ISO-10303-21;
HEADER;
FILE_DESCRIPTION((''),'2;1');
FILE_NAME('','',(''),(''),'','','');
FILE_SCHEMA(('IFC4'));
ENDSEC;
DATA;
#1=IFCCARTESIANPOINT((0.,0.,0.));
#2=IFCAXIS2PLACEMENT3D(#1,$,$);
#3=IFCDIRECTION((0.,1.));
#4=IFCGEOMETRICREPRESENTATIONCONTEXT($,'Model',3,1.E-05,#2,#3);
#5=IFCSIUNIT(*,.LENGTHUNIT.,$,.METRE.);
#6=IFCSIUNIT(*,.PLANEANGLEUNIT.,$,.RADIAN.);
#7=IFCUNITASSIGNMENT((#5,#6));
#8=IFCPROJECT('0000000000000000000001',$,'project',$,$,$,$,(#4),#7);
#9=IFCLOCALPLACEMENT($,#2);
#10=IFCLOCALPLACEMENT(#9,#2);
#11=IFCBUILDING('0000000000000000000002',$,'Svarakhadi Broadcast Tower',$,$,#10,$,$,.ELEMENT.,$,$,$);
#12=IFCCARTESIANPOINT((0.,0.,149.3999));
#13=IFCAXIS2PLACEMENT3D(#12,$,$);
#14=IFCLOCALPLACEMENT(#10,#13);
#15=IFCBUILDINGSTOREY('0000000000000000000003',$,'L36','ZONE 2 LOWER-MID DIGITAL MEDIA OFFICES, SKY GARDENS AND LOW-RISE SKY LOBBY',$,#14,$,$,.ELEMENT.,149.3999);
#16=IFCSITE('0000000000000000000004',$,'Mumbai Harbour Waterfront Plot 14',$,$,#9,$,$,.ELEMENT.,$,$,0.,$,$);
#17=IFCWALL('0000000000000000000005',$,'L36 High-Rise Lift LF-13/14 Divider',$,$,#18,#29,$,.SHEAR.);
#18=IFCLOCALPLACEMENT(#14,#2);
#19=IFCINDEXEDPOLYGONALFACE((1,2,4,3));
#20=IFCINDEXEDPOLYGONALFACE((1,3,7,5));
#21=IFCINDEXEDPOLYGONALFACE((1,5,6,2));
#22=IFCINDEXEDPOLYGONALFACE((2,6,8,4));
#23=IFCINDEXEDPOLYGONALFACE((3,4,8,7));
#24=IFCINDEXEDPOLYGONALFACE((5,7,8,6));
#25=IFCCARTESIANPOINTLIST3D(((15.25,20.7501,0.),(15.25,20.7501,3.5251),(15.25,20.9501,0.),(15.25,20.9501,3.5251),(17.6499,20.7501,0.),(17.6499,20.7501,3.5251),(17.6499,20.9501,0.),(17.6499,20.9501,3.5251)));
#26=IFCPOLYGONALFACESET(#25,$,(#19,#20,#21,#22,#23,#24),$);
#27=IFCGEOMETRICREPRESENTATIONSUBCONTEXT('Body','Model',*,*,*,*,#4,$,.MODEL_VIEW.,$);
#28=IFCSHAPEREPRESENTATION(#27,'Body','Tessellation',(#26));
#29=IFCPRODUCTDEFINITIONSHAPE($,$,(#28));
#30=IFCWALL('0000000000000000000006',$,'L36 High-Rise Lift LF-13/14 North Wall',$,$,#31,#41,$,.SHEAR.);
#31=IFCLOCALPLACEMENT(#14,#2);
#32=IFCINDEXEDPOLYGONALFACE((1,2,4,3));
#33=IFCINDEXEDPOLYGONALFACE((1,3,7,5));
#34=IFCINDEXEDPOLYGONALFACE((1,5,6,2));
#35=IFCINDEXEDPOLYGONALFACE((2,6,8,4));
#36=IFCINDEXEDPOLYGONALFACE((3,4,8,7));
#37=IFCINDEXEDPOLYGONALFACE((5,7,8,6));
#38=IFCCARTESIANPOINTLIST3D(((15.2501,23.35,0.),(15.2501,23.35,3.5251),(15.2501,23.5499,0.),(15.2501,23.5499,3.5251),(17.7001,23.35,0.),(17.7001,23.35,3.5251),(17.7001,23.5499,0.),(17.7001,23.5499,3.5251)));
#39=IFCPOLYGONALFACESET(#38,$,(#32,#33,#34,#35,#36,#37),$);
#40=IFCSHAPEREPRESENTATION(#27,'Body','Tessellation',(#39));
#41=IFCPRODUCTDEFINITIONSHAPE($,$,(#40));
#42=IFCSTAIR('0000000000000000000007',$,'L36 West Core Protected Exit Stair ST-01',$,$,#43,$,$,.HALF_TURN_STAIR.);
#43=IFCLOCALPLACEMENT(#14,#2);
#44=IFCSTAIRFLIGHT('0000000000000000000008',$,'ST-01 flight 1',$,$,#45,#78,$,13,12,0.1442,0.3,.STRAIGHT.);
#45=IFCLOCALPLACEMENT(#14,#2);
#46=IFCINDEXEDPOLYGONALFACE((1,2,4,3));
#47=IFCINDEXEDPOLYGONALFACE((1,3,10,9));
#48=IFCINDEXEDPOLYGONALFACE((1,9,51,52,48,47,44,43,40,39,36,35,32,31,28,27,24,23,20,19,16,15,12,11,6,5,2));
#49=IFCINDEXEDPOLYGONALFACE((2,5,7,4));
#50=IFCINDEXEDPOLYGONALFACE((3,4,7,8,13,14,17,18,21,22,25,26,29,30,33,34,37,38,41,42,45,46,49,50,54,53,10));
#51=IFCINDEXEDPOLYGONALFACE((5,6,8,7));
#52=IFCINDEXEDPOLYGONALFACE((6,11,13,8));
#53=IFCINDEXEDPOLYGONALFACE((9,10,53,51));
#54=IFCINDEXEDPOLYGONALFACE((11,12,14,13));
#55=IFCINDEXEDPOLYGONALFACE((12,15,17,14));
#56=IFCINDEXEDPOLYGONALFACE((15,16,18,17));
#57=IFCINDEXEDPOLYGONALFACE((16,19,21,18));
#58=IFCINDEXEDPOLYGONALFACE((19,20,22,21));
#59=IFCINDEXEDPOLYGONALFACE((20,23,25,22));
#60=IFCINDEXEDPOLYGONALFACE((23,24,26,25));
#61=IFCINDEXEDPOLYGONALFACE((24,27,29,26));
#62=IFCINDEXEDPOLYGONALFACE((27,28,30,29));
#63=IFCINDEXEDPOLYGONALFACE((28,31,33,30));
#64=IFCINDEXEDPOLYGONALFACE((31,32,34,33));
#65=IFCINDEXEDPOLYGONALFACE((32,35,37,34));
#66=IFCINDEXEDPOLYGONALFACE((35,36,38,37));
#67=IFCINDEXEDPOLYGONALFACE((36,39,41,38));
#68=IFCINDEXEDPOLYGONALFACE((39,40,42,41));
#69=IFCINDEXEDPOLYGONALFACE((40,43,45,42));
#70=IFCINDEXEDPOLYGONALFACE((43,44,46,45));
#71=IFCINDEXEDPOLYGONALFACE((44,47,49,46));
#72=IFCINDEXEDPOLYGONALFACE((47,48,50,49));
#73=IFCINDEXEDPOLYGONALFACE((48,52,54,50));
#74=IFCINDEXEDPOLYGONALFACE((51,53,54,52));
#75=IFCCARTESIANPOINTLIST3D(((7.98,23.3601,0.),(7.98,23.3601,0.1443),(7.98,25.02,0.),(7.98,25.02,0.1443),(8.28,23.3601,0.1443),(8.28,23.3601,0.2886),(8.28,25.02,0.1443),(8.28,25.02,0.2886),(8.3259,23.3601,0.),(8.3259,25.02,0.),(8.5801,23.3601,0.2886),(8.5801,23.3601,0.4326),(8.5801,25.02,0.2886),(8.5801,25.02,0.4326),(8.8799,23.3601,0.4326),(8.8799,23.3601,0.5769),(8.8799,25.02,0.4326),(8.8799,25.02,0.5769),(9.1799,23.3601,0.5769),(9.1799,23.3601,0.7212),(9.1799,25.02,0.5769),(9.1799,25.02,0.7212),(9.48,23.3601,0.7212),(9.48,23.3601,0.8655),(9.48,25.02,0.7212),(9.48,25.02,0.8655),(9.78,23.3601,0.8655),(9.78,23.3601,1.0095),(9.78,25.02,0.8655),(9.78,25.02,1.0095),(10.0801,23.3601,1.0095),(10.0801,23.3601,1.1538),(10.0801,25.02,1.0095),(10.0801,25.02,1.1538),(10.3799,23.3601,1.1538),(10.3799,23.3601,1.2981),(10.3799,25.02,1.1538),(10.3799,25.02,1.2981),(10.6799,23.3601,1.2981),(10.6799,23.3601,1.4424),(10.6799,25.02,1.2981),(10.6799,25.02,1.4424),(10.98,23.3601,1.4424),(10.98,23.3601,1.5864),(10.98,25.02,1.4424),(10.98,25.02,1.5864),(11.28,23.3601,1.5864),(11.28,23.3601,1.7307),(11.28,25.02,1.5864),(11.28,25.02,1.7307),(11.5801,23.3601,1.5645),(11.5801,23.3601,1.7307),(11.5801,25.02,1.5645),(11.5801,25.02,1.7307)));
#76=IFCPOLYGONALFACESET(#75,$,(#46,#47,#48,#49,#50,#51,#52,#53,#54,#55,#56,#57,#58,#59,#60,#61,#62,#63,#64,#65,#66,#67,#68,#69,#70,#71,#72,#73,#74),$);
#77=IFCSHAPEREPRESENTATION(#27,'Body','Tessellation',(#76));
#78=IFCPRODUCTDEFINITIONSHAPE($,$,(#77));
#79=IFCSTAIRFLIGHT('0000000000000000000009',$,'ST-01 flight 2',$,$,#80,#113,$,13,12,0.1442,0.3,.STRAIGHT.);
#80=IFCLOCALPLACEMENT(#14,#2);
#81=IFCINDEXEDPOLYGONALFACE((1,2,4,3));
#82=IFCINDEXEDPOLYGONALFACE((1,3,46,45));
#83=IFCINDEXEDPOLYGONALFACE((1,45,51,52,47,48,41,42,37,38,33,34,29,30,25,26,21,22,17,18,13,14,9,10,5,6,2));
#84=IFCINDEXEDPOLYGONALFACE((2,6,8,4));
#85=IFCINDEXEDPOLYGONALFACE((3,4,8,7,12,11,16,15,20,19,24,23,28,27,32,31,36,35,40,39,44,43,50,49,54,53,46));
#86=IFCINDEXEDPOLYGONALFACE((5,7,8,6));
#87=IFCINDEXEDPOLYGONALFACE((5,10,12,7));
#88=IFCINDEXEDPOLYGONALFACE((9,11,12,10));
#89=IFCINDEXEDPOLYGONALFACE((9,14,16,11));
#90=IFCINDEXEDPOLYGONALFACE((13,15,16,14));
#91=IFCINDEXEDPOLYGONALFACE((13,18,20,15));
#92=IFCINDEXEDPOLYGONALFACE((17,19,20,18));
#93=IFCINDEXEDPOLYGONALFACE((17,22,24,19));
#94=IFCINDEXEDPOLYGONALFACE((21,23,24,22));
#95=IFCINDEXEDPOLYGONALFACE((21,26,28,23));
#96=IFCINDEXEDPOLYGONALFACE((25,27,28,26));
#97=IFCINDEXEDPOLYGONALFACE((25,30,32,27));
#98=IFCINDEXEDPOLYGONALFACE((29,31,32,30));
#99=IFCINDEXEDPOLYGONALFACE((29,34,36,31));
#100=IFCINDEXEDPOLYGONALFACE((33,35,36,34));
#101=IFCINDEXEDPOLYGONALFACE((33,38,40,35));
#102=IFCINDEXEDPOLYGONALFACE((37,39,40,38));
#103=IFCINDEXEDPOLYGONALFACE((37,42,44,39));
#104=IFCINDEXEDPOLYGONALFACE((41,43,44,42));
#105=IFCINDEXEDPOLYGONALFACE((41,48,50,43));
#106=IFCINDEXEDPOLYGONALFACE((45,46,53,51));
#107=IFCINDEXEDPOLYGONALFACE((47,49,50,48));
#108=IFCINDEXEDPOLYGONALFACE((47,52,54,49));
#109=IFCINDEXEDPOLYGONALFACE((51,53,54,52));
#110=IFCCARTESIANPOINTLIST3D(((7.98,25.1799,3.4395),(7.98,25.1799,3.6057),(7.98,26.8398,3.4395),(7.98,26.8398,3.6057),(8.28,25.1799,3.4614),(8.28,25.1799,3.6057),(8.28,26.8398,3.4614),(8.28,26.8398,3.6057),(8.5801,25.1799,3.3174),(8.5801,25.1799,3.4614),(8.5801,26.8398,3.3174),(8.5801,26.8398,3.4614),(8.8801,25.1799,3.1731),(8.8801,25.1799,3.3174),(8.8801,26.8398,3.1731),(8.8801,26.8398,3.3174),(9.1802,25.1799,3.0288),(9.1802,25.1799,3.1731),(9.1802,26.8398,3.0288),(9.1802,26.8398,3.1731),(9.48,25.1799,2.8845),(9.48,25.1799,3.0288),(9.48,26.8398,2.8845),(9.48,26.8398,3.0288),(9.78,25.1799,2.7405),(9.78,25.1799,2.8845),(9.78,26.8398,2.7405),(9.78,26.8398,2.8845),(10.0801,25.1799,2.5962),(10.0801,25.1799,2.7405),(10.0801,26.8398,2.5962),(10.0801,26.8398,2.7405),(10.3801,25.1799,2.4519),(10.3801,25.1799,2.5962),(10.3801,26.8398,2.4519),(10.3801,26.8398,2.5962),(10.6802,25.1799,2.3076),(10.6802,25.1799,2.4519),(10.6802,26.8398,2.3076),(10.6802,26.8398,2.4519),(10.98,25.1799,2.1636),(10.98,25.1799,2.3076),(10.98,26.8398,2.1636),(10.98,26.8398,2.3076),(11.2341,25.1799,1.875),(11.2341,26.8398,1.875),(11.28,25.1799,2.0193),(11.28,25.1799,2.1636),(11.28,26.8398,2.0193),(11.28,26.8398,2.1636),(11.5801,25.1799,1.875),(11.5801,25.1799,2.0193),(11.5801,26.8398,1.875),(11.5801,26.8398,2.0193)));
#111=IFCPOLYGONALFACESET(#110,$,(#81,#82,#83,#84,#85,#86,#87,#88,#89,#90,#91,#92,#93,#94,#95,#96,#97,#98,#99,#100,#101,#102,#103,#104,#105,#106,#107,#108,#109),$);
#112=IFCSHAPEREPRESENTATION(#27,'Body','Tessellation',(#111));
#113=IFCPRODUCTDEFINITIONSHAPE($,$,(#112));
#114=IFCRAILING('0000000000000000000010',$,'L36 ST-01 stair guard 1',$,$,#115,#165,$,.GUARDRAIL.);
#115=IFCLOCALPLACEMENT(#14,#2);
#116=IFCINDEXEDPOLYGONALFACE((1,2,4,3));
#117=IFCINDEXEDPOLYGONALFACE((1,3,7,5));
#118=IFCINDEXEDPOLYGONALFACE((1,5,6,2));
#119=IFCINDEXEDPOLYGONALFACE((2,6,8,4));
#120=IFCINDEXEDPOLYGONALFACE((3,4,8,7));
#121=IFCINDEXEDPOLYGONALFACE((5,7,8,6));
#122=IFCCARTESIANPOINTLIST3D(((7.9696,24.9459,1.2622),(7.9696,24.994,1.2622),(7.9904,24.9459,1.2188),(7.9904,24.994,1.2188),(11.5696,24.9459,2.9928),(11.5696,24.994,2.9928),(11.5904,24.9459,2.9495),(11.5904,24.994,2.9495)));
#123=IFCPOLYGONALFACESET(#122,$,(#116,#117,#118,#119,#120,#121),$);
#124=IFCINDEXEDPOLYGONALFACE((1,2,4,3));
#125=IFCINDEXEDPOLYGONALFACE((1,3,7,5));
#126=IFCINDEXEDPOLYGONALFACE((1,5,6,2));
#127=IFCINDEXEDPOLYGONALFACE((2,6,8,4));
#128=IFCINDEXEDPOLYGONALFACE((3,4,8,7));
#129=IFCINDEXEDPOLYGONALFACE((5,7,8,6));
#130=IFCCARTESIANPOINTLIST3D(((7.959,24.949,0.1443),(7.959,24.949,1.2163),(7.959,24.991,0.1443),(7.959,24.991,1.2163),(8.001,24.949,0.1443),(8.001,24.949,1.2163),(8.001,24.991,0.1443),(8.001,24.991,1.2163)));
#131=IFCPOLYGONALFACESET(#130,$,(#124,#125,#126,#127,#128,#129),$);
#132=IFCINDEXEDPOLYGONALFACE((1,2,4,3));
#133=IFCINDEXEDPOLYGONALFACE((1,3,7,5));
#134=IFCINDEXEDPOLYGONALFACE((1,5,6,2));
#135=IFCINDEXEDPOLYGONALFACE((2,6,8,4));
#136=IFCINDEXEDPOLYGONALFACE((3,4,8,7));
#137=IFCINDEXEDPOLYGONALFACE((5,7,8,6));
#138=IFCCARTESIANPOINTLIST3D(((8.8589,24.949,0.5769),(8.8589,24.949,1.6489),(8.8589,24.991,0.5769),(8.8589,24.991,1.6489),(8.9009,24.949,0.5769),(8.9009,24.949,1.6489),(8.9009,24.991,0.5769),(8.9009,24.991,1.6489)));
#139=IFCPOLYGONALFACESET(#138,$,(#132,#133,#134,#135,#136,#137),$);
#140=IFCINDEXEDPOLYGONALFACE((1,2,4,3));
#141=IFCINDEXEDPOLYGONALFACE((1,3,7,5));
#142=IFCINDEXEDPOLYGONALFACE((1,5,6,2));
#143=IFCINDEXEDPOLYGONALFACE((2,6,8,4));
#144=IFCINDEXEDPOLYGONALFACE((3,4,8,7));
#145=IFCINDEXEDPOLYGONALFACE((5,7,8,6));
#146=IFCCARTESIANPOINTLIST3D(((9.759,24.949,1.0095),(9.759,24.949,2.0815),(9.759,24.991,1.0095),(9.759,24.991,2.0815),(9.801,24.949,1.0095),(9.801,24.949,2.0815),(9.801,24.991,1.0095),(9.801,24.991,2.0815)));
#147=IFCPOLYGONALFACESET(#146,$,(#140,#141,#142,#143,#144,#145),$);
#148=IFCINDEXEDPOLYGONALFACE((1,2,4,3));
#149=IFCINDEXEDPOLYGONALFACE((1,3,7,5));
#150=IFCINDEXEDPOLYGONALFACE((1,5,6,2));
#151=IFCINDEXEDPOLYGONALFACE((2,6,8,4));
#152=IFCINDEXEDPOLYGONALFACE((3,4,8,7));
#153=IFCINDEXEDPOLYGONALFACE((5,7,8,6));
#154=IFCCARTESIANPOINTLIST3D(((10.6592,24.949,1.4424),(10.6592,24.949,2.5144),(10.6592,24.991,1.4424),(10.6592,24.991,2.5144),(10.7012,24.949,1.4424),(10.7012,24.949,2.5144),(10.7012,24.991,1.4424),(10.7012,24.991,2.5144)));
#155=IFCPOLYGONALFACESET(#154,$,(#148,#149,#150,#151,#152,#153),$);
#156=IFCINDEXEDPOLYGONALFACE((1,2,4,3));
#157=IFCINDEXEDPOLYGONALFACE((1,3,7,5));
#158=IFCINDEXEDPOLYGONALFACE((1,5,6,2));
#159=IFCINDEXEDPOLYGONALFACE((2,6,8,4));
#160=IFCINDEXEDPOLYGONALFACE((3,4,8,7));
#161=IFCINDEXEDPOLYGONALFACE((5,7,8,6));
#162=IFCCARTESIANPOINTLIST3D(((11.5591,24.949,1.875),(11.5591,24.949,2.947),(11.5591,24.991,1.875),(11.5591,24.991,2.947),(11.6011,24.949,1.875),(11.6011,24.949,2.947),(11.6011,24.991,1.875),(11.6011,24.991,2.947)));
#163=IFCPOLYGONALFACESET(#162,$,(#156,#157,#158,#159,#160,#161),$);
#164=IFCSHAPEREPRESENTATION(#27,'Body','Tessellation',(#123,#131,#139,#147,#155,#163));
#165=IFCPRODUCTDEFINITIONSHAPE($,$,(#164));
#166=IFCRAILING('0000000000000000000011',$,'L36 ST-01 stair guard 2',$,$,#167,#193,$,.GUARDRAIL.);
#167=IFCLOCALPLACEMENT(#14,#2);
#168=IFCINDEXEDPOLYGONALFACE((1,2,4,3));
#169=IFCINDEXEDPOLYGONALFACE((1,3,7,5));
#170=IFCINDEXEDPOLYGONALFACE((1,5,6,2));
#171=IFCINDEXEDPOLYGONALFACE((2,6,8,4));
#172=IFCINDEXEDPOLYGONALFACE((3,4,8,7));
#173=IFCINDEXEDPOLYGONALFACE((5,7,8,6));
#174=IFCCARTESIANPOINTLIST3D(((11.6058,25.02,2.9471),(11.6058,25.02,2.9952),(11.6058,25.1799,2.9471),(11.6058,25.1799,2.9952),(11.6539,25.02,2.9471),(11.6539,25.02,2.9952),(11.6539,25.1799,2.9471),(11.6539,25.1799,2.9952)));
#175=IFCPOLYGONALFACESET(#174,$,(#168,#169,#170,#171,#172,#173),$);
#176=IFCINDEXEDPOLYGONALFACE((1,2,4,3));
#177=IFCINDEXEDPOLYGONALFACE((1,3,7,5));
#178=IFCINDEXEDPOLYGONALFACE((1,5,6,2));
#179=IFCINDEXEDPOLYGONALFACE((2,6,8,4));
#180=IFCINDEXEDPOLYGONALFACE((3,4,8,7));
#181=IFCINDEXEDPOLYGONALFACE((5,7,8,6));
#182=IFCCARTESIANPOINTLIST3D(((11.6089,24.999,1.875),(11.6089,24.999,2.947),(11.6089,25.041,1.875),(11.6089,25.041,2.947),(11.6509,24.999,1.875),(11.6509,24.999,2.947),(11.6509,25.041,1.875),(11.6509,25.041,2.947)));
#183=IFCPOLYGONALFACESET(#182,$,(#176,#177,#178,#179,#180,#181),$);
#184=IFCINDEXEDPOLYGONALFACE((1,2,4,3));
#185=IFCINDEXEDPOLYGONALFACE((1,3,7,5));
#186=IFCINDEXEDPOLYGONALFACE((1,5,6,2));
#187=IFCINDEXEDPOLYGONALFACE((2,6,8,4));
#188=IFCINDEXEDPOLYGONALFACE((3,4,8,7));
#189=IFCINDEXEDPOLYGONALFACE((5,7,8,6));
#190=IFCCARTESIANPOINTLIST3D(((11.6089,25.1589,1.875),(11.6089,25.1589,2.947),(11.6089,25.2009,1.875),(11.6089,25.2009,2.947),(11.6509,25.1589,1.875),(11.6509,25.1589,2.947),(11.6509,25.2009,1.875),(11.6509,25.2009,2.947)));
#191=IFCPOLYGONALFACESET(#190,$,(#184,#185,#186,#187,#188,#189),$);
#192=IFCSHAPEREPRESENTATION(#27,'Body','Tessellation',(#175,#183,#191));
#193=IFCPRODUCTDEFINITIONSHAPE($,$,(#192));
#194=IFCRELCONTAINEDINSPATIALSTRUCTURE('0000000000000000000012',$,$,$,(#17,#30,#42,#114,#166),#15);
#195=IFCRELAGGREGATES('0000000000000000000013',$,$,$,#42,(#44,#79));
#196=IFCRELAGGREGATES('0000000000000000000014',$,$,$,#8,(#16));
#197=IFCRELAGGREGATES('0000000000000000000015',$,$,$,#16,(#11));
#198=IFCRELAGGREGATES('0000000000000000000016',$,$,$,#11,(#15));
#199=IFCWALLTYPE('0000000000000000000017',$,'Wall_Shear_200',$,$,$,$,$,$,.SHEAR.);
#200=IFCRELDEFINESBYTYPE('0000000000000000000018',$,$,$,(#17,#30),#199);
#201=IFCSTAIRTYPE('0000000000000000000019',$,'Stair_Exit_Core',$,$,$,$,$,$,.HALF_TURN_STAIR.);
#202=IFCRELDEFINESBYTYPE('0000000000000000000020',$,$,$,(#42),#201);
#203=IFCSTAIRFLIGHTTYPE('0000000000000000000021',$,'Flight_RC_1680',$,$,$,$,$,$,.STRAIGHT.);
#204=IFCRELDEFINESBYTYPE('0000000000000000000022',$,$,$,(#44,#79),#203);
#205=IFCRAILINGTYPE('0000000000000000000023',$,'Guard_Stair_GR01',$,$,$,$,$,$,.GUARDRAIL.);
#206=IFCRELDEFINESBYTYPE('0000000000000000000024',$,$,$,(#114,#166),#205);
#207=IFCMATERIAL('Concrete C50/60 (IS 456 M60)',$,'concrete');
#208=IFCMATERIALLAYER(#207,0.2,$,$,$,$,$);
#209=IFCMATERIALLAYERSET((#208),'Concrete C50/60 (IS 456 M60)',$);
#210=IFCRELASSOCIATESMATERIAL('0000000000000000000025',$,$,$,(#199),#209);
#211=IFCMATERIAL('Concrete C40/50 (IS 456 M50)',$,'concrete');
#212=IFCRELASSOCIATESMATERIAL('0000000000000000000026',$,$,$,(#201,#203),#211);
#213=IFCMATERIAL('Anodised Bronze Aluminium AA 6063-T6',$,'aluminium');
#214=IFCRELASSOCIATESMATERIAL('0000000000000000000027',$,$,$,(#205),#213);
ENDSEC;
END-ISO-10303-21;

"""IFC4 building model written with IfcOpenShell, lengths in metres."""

from ifc_helpers import new_model, si_unit, direction, frame, frame_2d, origin, origin_2d, place, context, subcontext, project, spatial, polyline, rectangle, outline, extrude, material, layer, layer_set, type_object, element, aggregate, save


model = new_model("IFC4")

# Units and contexts
model_context = context("Model", 3, precision=1e-05, world=origin(), true_north=direction((0.0, 1.0)))
body_context = subcontext(model_context, "Body", "Model", "MODEL_VIEW")
ifc_project = project(units=[si_unit("LENGTHUNIT", "METRE"), si_unit("PLANEANGLEUNIT", "RADIAN")], contexts=[model_context])

# Site, building, storey
site_placement = place(None, origin())
site = spatial("IfcSite", under=ifc_project, at=site_placement, Name="Mumbai Harbour Waterfront Plot 14", CompositionType="ELEMENT", RefElevation=0.0)
building_placement = place(site_placement, origin())
building = spatial("IfcBuilding", under=site, at=building_placement, Name="Svarakhadi Broadcast Tower", CompositionType="ELEMENT")
storey_placement = place(building_placement, frame((0.0, 0.0, 149.3999)))
storey = spatial("IfcBuildingStorey", under=building, at=storey_placement, Name="L36", Description="ZONE 2 LOWER-MID DIGITAL MEDIA OFFICES, SKY GARDENS AND LOW-RISE SKY LOBBY", CompositionType="ELEMENT", Elevation=149.3999)

# Shared definitions
ifc_material_1 = material(Name="Concrete C50/60 (IS 456 M60)", Category="concrete")

# Shared definitions
ifc_material_2 = material(Name="Concrete C40/50 (IS 456 M50)", Category="concrete")

# Shared definitions
ifc_layer_1 = layer(ifc_material_1, 0.2)
ifc_layer_set_1 = layer_set([ifc_layer_1], Name="Concrete C50/60 (IS 456 M60)")
wall_type_1 = type_object("IfcWallType", Name="Wall_Shear_200", PredefinedType="SHEAR", material=ifc_layer_set_1)

# Walls
wall_1_placement = place(storey_placement, frame((15.25, 20.8501, 0.0), z_axis=(0.0, 0.0, 1.0), x_axis=(1.0, 0.0, 0.0)))
element("IfcWall", 1, at=wall_1_placement, inside=storey, type_object=wall_type_1, Name="L36 High-Rise Lift LF-13/14 Divider", PredefinedType="SHEAR", context=body_context, shape_type="SweptSolid", body=[
    extrude(rectangle(XDim=2.3999, YDim=0.2, at=frame_2d((1.2, 0.0))), origin(), (0.0, 0.0, 1.0), 3.5251),
])
wall_2_placement = place(storey_placement, frame((15.25, 23.45, 0.0), z_axis=(0.0, 0.0, 1.0), x_axis=(1.0, 0.0, 0.0)))
element("IfcWall", 2, at=wall_2_placement, inside=storey, type_object=wall_type_1, Name="L36 High-Rise Lift LF-13/14 North Wall", PredefinedType="SHEAR", context=body_context, shape_type="SweptSolid", body=[
    extrude(rectangle(XDim=2.45, YDim=0.2, at=frame_2d((1.2251, 0.0))), origin(), (0.0, 0.0, 1.0), 3.5251),
])

# Stair, stair flights
stair_type = type_object("IfcStairType", Name="Stair_Exit_Core", PredefinedType="HALF_TURN_STAIR", material=ifc_material_2)
stair_placement = place(storey_placement, origin())
stair = element("IfcStair", 3, at=stair_placement, inside=storey, type_object=stair_type, Name="L36 West Core Protected Exit Stair ST-01", PredefinedType="HALF_TURN_STAIR")
stair_flight_type = type_object("IfcStairFlightType", Name="Flight_RC_1680", PredefinedType="STRAIGHT", material=ifc_material_2)
stair_flight_1_placement = place(storey_placement, frame((7.98, 24.1899, 0.0), z_axis=(0.0, 0.0, 1.0), x_axis=(1.0, 0.0, 0.0)))
stair_flight_1 = element("IfcStairFlight", 4, at=stair_flight_1_placement, type_object=stair_flight_type, Name="ST-01 flight 1", NumberOfRisers=13, NumberOfTreads=12, PredefinedType="STRAIGHT", RiserHeight=0.1442, TreadLength=0.3, context=body_context, shape_type="SweptSolid", body=[
    extrude(outline(polyline([(0.0, 0.0), (0.0, 0.1443), (0.3, 0.1443), (0.3, 0.2886), (0.6001, 0.2886), (0.6001, 0.4326), (0.8999, 0.4326), (0.8999, 0.5769), (1.2, 0.5769), (1.2, 0.7212), (1.5, 0.7212), (1.5, 0.8655), (1.8, 0.8655), (1.8, 1.0095), (2.1001, 1.0095), (2.1001, 1.1538), (2.3999, 1.1538), (2.3999, 1.2981), (2.7, 1.2981), (2.7, 1.4424), (3.0, 1.4424), (3.0, 1.5864), (3.3, 1.5864), (3.3, 1.7307), (3.6001, 1.7307), (3.6001, 1.875), (3.6001, 1.5645), (0.3459, 0.0), (0.0, 0.0)])), frame((0.0, 0.8301, 0.0), z_axis=(0.0, -1.0, 0.0), x_axis=(1.0, 0.0, 0.0)), (0.0, 0.0, 1.0), 1.6599),
])
stair_flight_2_placement = place(storey_placement, frame((11.5801, 26.01, 1.875), z_axis=(0.0, 0.0, 1.0), x_axis=(-1.0, 0.0, 0.0)))
stair_flight_2 = element("IfcStairFlight", 5, at=stair_flight_2_placement, type_object=stair_flight_type, Name="ST-01 flight 2", NumberOfRisers=13, NumberOfTreads=12, PredefinedType="STRAIGHT", RiserHeight=0.1442, TreadLength=0.3, context=body_context, shape_type="SweptSolid", body=[
    extrude(outline(polyline([(0.0, 0.0), (0.0, 0.1443), (0.3, 0.1443), (0.3, 0.2886), (0.6001, 0.2886), (0.6001, 0.4326), (0.8999, 0.4326), (0.8999, 0.5769), (1.2, 0.5769), (1.2, 0.7212), (1.5, 0.7212), (1.5, 0.8655), (1.8, 0.8655), (1.8, 1.0095), (2.1001, 1.0095), (2.1001, 1.1538), (2.3999, 1.1538), (2.3999, 1.2981), (2.7, 1.2981), (2.7, 1.4424), (3.0, 1.4424), (3.0, 1.5864), (3.3, 1.5864), (3.3, 1.7307), (3.6001, 1.7307), (3.6001, 1.875), (3.6001, 1.5645), (0.3459, 0.0), (0.0, 0.0)])), frame((0.0, 0.8301, 0.0), z_axis=(0.0, -1.0, 0.0), x_axis=(1.0, 0.0, 0.0)), (0.0, 0.0, 1.0), 1.6599),
])
aggregate(stair, [stair_flight_1, stair_flight_2])

# Railings
ifc_material_3 = material(Name="Anodised Bronze Aluminium AA 6063-T6", Category="aluminium")
railing_type_1 = type_object("IfcRailingType", Name="Guard_Stair_GR01", PredefinedType="GUARDRAIL", material=ifc_material_3)
railing_1_placement = place(storey_placement, frame((7.98, 24.97, 0.1443)))
element("IfcRailing", 6, at=railing_1_placement, inside=storey, type_object=railing_type_1, Name="L36 ST-01 stair guard 1", PredefinedType="GUARDRAIL", context=body_context, shape_type="SweptSolid", body=[
    extrude(rectangle(XDim=0.0481, YDim=0.0481, at=origin_2d()), frame((0.0, 0.0, 1.0962), z_axis=(0.901263, 0.0, 0.433273), x_axis=(0.0, 1.0, 0.0)), (0.0, 0.0, 1.0), 3.9944),
    extrude(rectangle(XDim=0.042, YDim=0.042, at=origin_2d()), origin(), (0.0, 0.0, 1.0), 1.072),
    extrude(rectangle(XDim=0.042, YDim=0.042, at=origin_2d()), frame((0.8999, 0.0, 0.4326)), (0.0, 0.0, 1.0), 1.072),
    extrude(rectangle(XDim=0.042, YDim=0.042, at=origin_2d()), frame((1.8, 0.0, 0.8652)), (0.0, 0.0, 1.0), 1.072),
    extrude(rectangle(XDim=0.042, YDim=0.042, at=origin_2d()), frame((2.7002, 0.0, 1.2981)), (0.0, 0.0, 1.0), 1.072),
    extrude(rectangle(XDim=0.042, YDim=0.042, at=origin_2d()), frame((3.6001, 0.0, 1.7307)), (0.0, 0.0, 1.0), 1.072),
])
railing_2_placement = place(storey_placement, frame((11.6299, 25.02, 1.875)))
element("IfcRailing", 7, at=railing_2_placement, inside=storey, type_object=railing_type_1, Name="L36 ST-01 stair guard 2", PredefinedType="GUARDRAIL", context=body_context, shape_type="SweptSolid", body=[
    extrude(rectangle(XDim=0.0481, YDim=0.0481, at=origin_2d()), frame((0.0, 0.0, 1.0962), z_axis=(0.0, 1.0, 0.0), x_axis=(-1.0, 0.0, 0.0)), (0.0, 0.0, 1.0), 0.1599),
    extrude(rectangle(XDim=0.042, YDim=0.042, at=origin_2d()), origin(), (0.0, 0.0, 1.0), 1.072),
    extrude(rectangle(XDim=0.042, YDim=0.042, at=origin_2d()), frame((0.0, 0.1599, 0.0)), (0.0, 0.0, 1.0), 1.072),
])

save(model, "model.ifc")
